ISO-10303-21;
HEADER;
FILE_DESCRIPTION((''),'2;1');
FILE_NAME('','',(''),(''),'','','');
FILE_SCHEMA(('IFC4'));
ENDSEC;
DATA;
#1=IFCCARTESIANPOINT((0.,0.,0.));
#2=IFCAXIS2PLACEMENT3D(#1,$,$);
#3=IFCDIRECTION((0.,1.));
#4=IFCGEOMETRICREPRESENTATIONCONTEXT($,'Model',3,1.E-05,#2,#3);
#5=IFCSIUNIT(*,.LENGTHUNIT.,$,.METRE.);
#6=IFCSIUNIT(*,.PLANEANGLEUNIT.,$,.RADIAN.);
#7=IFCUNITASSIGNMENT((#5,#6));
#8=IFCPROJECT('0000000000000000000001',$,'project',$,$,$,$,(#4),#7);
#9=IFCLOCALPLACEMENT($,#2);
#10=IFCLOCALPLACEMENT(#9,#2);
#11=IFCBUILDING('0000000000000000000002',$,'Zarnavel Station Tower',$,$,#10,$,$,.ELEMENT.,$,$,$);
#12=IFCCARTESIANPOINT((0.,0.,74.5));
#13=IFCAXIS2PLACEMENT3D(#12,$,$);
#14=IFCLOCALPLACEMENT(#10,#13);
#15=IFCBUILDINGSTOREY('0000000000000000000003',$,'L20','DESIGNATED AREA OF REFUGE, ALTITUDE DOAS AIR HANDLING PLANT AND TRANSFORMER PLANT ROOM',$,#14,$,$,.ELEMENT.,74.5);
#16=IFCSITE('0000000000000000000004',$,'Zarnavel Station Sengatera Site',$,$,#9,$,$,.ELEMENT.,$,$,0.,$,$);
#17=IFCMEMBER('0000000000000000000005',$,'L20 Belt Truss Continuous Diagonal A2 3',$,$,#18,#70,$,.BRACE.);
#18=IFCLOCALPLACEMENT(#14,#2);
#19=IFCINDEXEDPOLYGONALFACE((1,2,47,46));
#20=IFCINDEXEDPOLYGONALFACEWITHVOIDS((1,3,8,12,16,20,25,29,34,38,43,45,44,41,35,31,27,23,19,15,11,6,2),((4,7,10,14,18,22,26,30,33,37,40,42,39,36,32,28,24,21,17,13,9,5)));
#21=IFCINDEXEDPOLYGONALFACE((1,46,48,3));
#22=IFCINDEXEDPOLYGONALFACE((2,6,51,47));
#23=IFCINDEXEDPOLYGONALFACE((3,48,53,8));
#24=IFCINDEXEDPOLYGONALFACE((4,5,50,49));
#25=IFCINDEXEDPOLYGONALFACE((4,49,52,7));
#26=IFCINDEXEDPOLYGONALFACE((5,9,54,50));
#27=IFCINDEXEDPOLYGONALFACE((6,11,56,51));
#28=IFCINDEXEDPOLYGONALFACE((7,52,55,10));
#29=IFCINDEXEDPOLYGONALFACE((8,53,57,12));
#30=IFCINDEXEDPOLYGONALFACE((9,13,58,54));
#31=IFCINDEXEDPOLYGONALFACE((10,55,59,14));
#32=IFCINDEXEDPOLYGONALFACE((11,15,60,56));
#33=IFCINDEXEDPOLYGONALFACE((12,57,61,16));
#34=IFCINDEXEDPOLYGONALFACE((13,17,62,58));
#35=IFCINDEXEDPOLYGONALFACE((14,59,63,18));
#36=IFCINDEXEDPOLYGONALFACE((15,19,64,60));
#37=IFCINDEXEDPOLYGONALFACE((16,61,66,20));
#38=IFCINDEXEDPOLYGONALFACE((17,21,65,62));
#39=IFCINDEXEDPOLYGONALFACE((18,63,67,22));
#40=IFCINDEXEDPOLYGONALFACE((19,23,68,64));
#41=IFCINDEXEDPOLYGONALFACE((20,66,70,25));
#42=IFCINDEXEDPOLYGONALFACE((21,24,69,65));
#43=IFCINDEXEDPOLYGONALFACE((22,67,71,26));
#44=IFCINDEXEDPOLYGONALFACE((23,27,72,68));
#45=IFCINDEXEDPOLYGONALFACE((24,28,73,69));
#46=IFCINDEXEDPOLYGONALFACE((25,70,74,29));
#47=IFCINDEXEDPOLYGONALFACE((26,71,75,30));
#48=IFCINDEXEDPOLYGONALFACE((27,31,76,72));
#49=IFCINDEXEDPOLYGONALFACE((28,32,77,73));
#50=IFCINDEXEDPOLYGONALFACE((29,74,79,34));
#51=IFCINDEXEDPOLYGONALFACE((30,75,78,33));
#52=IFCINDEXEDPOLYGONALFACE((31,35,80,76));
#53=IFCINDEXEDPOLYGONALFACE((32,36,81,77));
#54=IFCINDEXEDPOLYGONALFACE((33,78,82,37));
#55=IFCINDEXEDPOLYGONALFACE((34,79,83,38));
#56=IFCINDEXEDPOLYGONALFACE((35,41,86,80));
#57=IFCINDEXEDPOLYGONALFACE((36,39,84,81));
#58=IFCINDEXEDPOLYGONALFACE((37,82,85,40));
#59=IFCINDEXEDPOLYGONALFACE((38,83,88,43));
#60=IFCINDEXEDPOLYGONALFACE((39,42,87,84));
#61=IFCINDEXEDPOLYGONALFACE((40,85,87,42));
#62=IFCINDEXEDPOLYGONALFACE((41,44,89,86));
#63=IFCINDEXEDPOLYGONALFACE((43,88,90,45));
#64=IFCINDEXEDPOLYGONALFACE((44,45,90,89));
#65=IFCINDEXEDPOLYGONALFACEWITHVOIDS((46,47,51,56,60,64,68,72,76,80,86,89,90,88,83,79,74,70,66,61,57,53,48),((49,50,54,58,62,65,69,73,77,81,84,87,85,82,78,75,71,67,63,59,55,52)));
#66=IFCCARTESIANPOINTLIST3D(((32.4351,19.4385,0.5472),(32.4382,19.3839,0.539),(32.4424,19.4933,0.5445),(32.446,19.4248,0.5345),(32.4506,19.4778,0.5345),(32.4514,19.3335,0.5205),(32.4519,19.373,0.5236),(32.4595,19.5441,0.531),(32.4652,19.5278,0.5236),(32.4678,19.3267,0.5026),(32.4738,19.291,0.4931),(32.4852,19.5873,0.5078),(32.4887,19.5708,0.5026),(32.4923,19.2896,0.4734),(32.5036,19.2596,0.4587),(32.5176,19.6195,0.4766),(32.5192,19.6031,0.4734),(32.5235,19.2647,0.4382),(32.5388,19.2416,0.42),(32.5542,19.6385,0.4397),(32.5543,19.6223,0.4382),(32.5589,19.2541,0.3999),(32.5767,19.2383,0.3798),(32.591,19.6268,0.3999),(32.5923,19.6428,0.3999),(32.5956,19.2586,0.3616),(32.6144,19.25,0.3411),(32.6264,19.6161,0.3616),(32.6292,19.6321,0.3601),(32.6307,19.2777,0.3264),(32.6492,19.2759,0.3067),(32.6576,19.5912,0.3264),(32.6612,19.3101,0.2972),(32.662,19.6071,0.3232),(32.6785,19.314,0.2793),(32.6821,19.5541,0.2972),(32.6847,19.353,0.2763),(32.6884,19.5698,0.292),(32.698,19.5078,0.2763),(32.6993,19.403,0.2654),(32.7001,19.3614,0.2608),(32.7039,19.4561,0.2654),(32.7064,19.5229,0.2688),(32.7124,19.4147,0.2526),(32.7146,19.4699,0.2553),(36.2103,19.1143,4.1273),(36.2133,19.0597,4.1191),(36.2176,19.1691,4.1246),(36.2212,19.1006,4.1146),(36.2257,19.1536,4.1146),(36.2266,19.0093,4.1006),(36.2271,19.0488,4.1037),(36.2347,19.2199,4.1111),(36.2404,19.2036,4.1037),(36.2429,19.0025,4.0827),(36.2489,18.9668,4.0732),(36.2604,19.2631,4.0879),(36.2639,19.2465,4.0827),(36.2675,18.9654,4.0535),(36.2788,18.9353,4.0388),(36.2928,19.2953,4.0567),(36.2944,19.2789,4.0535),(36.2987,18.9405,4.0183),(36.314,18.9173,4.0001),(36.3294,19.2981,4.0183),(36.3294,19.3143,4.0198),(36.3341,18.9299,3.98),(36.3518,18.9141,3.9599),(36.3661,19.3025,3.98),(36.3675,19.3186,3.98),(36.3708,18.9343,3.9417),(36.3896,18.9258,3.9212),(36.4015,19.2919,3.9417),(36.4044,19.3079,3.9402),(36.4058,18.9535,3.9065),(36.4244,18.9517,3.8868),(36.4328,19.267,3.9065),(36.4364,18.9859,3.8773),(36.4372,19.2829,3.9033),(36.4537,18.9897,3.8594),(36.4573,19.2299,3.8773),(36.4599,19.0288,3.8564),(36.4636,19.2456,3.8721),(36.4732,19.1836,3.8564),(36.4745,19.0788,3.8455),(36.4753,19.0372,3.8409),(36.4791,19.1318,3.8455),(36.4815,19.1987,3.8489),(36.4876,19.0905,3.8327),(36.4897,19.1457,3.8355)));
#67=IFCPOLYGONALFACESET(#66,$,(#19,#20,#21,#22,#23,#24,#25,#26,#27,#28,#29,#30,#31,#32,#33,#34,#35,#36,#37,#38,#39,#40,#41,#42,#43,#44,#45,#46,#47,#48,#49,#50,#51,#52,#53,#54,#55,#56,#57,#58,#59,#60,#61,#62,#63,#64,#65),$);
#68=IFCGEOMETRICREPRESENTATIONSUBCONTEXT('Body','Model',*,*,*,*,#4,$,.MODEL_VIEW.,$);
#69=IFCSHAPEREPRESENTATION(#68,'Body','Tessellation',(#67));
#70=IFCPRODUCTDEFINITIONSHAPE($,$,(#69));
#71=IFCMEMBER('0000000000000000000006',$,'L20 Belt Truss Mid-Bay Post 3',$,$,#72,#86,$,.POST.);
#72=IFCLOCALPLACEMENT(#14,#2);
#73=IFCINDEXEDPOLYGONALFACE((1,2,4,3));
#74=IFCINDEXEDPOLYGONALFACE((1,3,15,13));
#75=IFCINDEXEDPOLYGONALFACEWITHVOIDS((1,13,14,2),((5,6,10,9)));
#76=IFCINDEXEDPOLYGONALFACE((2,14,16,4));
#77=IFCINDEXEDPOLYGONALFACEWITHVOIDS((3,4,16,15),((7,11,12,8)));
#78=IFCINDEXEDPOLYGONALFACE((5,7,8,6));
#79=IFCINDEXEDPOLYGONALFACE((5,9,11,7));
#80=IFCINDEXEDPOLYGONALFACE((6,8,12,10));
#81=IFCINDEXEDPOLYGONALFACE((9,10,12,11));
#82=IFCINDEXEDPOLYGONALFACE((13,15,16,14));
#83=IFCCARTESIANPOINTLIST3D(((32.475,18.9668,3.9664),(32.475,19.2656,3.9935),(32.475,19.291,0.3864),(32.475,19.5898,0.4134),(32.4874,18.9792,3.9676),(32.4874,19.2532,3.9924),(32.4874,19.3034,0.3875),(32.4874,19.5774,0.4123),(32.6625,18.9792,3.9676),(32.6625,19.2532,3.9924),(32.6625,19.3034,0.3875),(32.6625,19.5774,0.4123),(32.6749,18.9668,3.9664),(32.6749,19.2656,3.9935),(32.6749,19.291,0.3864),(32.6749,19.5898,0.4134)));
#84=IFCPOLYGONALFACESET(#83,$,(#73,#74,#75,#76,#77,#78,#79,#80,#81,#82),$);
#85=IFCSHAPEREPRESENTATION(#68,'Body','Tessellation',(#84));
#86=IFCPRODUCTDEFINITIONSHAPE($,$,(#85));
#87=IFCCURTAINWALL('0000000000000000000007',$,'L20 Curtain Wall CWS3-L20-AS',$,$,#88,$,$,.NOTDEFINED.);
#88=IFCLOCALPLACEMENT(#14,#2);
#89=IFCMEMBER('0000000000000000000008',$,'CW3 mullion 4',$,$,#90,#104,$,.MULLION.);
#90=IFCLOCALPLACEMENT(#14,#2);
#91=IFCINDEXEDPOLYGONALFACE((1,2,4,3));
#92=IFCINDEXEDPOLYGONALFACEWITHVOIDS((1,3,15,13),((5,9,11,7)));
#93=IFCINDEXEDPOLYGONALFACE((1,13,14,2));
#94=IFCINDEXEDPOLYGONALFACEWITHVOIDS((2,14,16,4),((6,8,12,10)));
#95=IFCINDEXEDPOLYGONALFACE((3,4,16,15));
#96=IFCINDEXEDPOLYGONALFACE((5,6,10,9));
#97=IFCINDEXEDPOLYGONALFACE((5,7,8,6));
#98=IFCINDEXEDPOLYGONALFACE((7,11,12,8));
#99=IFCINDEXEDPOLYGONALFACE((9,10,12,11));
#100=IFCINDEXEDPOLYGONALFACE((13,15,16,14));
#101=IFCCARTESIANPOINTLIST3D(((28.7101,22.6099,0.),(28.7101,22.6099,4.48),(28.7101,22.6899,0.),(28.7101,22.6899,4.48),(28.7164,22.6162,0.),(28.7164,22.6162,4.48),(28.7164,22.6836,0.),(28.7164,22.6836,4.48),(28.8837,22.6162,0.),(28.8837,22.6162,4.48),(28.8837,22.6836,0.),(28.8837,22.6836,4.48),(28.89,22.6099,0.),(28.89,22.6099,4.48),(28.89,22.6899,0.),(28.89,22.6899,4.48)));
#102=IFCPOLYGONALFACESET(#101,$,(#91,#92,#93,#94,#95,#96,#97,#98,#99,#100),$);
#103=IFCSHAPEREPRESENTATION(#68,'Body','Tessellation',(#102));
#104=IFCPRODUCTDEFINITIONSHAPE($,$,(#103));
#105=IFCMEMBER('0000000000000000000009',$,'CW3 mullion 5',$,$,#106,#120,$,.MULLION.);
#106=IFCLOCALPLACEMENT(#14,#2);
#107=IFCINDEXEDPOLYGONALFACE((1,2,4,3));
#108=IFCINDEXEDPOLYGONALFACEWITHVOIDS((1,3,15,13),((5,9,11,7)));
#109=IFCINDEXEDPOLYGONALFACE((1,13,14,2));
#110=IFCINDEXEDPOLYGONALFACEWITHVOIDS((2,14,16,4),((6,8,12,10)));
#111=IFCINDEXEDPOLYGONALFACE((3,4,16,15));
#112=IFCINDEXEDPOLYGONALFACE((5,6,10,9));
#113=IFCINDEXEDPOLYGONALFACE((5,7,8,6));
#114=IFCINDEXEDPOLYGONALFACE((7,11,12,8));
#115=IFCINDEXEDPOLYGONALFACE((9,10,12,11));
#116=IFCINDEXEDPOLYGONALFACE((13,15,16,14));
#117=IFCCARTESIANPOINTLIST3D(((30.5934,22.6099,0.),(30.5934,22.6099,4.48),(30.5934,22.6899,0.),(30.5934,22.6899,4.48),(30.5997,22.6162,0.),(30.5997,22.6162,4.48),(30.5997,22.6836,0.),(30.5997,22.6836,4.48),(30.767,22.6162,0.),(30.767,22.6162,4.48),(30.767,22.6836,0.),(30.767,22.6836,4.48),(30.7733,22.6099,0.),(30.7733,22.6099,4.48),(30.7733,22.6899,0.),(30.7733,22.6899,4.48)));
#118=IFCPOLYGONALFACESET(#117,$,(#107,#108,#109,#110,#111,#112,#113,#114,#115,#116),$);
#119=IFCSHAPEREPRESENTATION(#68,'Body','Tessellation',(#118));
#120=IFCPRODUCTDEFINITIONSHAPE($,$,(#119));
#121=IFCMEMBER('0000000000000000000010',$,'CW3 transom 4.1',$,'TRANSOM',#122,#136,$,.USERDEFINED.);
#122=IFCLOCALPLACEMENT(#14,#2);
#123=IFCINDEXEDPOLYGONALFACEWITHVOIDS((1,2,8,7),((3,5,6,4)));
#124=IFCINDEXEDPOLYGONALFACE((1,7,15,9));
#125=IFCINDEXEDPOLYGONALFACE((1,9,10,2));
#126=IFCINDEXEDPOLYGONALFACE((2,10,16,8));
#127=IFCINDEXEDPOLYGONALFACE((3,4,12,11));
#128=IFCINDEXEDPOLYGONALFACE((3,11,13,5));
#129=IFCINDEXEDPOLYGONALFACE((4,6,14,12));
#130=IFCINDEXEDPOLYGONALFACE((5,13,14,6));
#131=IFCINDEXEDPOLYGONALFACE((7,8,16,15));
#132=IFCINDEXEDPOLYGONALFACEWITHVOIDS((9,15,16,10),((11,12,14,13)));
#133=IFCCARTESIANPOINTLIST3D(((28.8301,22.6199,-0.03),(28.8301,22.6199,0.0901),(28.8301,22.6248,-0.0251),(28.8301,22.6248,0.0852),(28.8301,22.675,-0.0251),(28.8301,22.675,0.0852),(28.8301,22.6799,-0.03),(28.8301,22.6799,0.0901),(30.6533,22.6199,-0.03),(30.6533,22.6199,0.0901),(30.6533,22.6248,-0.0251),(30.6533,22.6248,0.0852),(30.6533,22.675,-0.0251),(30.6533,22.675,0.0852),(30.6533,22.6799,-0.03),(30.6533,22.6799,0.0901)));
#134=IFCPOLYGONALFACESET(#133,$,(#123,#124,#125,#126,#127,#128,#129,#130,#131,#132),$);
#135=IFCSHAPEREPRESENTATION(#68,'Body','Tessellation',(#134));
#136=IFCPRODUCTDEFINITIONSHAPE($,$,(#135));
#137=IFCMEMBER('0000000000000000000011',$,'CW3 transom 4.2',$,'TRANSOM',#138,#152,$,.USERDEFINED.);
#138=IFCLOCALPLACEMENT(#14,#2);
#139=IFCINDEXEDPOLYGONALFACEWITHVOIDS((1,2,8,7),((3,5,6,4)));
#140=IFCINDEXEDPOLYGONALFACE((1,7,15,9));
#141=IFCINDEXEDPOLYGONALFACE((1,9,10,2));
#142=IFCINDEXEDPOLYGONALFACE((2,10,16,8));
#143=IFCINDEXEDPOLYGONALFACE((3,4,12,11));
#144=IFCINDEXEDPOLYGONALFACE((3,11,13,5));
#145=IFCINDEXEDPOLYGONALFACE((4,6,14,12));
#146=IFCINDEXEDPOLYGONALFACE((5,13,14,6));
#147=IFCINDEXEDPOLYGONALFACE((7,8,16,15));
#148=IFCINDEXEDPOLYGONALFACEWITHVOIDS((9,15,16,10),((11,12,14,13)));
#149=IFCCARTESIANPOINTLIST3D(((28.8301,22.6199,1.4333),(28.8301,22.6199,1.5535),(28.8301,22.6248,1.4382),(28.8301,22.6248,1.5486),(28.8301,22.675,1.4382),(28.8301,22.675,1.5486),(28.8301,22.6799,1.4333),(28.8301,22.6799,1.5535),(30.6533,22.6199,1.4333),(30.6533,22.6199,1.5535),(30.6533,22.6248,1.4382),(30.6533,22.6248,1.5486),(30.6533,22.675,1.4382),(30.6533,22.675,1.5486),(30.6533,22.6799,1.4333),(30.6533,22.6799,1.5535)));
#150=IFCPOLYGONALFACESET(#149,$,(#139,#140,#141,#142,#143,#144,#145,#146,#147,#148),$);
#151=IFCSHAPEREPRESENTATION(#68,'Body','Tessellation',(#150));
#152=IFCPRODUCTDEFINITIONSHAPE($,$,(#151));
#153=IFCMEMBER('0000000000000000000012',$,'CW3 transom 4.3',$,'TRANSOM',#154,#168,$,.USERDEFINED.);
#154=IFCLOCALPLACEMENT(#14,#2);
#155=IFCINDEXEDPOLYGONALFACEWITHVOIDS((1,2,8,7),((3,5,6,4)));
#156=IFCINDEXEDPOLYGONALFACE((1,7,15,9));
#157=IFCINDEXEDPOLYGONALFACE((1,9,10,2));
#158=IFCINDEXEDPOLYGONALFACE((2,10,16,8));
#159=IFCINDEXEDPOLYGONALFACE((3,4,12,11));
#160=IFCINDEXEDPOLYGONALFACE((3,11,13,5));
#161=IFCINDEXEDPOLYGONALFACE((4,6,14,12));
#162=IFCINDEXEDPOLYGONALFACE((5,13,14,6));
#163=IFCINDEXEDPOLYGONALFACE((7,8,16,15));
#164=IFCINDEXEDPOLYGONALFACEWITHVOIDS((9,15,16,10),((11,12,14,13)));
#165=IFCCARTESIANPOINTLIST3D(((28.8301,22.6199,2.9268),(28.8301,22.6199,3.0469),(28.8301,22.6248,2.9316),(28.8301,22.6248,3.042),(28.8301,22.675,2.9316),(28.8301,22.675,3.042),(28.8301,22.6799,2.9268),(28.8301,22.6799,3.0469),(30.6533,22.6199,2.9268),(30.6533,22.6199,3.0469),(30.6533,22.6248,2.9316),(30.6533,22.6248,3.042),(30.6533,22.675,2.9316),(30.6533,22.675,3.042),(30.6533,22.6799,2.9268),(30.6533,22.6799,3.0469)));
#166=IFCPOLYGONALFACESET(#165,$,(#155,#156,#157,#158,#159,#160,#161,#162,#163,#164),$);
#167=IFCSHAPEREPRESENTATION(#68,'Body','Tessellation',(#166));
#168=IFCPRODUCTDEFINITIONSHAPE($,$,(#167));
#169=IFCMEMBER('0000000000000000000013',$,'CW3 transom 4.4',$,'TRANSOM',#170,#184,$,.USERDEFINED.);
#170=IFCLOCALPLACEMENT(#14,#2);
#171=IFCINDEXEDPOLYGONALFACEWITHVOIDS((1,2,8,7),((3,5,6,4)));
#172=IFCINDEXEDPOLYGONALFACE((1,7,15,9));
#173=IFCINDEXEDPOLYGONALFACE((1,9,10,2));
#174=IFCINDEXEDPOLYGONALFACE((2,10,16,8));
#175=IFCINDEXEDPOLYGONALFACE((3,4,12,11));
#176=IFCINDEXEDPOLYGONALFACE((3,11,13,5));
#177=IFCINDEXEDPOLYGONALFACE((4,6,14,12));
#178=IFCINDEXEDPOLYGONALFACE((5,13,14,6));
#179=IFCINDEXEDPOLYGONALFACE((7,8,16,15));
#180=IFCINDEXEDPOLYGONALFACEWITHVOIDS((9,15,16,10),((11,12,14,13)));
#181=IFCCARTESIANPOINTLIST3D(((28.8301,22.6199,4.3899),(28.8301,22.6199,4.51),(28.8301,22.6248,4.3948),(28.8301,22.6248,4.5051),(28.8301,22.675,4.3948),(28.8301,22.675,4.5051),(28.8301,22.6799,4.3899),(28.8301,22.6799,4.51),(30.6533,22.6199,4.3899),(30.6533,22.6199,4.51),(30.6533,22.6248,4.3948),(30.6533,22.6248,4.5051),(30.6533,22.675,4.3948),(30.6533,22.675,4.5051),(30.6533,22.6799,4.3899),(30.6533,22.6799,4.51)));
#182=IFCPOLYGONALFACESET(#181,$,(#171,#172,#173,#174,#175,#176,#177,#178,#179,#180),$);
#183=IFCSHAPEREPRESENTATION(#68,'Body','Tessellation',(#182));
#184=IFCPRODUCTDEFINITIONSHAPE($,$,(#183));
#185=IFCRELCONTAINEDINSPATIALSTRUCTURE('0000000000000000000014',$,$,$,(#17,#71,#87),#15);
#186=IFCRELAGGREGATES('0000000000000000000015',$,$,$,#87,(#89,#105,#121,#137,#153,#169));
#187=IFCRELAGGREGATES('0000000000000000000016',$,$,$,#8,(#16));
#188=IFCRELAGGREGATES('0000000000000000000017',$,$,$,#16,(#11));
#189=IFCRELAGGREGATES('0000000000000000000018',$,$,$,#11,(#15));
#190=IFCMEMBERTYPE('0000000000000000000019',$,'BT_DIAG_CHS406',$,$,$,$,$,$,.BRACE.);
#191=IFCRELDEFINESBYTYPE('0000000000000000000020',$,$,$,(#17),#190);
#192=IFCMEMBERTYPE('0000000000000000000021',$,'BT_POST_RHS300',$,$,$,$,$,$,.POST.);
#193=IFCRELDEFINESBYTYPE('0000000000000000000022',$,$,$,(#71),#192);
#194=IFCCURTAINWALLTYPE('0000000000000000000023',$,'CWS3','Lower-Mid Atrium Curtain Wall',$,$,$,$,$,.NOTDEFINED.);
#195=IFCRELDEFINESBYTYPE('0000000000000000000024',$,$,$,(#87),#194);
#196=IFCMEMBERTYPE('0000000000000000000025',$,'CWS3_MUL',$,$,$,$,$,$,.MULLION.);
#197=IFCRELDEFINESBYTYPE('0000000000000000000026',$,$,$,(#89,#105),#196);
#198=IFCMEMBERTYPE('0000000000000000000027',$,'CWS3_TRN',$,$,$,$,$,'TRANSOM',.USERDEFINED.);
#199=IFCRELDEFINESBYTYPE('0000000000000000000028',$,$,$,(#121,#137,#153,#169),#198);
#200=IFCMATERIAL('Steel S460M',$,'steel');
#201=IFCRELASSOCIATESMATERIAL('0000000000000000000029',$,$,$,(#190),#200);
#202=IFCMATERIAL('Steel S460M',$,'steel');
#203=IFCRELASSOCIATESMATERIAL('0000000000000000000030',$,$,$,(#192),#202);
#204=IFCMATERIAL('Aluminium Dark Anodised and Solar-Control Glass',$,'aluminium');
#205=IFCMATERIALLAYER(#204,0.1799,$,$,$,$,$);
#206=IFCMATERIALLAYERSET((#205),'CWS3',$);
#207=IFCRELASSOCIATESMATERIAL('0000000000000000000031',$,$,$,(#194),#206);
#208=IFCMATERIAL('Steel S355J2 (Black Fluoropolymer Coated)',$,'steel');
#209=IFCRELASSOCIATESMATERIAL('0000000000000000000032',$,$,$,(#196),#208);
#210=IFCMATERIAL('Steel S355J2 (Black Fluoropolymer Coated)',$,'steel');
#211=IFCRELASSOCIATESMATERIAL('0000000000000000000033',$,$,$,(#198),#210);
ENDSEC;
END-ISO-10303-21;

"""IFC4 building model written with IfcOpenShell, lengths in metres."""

from ifc_helpers import new_model, si_unit, direction, frame, origin, origin_2d, place, context, subcontext, project, spatial, hollow_rectangle, hollow_circle, extrude, material, layer, layer_set, material_profile, profile_set, type_object, element, aggregate, save


model = new_model("IFC4")

# Units and contexts
model_context = context("Model", 3, precision=1e-05, world=origin(), true_north=direction((0.0, 1.0)))
body_context = subcontext(model_context, "Body", "Model", "MODEL_VIEW")
ifc_project = project(units=[si_unit("LENGTHUNIT", "METRE"), si_unit("PLANEANGLEUNIT", "RADIAN")], contexts=[model_context])

# Site, building, storey
site_placement = place(None, origin())
site = spatial("IfcSite", under=ifc_project, at=site_placement, Name="Zarnavel Station Sengatera Site", CompositionType="ELEMENT", RefElevation=0.0)
building_placement = place(site_placement, origin())
building = spatial("IfcBuilding", under=site, at=building_placement, Name="Zarnavel Station Tower", CompositionType="ELEMENT")
storey_placement = place(building_placement, frame((0.0, 0.0, 74.5)))
storey = spatial("IfcBuildingStorey", under=building, at=storey_placement, Name="L20", Description="DESIGNATED AREA OF REFUGE, ALTITUDE DOAS AIR HANDLING PLANT AND TRANSFORMER PLANT ROOM", CompositionType="ELEMENT", Elevation=74.5)

# Members
ifc_material_1 = material(Name="Steel S460M", Category="steel")
ifc_material_profile_1 = material_profile(ifc_material_1, hollow_circle(Radius=0.2031, WallThickness=0.0161, at=origin_2d()), Name="CHS406.4x16")
ifc_profile_set_1 = profile_set([ifc_material_profile_1], Name="Steel S460M")
member_type_1 = type_object("IfcMemberType", Name="BT_DIAG_CHS406", PredefinedType="BRACE", material=ifc_profile_set_1)
member_1_placement = place(storey_placement, frame((32.575, 19.4404, 0.3999), z_axis=(0.7242, -0.062196, 0.686779), x_axis=(0.085567, 0.996332, 0.0)))
element("IfcMember", 1, at=member_1_placement, inside=storey, type_object=member_type_1, Name="L20 Belt Truss Continuous Diagonal A2 3", PredefinedType="BRACE", context=body_context, shape_type="SweptSolid", body=[
    extrude(hollow_circle(Radius=0.2031, WallThickness=0.0161, at=origin_2d()), origin(), (0.0, 0.0, 1.0), 5.2129),
])
ifc_material_2 = material(Name="Steel S460M", Category="steel")
ifc_material_profile_2 = material_profile(ifc_material_2, hollow_rectangle(XDim=0.2, YDim=0.3, WallThickness=0.0125, at=origin_2d()), Name="RHS300x200x12.5")
ifc_profile_set_2 = profile_set([ifc_material_profile_2], Name="Steel S460M")
member_type_2 = type_object("IfcMemberType", Name="BT_POST_RHS300", PredefinedType="POST", material=ifc_profile_set_2)
member_2_placement = place(storey_placement, frame((32.575, 19.4404, 0.3999), z_axis=(0.0, -0.090193, 0.995924), x_axis=(1.0, 0.0, 0.0)))
element("IfcMember", 2, at=member_2_placement, inside=storey, type_object=member_type_2, Name="L20 Belt Truss Mid-Bay Post 3", PredefinedType="POST", context=body_context, shape_type="SweptSolid", body=[
    extrude(hollow_rectangle(XDim=0.2, YDim=0.3, WallThickness=0.0125, at=origin_2d()), origin(), (0.0, 0.0, 1.0), 3.5947),
])

# Curtain wall, members
ifc_material_3 = material(Name="Aluminium Dark Anodised and Solar-Control Glass", Category="aluminium")
ifc_layer_1 = layer(ifc_material_3, 0.1799)
ifc_layer_set_1 = layer_set([ifc_layer_1], Name="CWS3")
curtain_wall_type = type_object("IfcCurtainWallType", Name="CWS3", Description="Lower-Mid Atrium Curtain Wall", PredefinedType="NOTDEFINED", material=ifc_layer_set_1)
curtain_wall_placement = place(storey_placement, origin())
curtain_wall = element("IfcCurtainWall", 3, at=curtain_wall_placement, inside=storey, type_object=curtain_wall_type, Name="L20 Curtain Wall CWS3-L20-AS", PredefinedType="NOTDEFINED")
ifc_material_4 = material(Name="Steel S355J2 (Black Fluoropolymer Coated)", Category="steel")
ifc_material_profile_3 = material_profile(ifc_material_4, hollow_rectangle(XDim=0.0801, YDim=0.1799, WallThickness=0.0063, at=origin_2d()), Name="RHS180x80x6.3")
ifc_profile_set_3 = profile_set([ifc_material_profile_3], Name="Steel S355J2 (Black Fluoropolymer Coated)")
member_type_3 = type_object("IfcMemberType", Name="CWS3_MUL", PredefinedType="MULLION", material=ifc_profile_set_3)
member_3_placement = place(storey_placement, frame((28.8, 22.6499, 0.0), z_axis=(0.0, 0.0, 1.0), x_axis=(0.0, 1.0, 0.0)))
member_3 = element("IfcMember", 4, at=member_3_placement, type_object=member_type_3, Name="CW3 mullion 4", PredefinedType="MULLION", context=body_context, shape_type="SweptSolid", body=[
    extrude(hollow_rectangle(XDim=0.0801, YDim=0.1799, WallThickness=0.0063, at=origin_2d()), origin(), (0.0, 0.0, 1.0), 4.48),
])
member_4_placement = place(storey_placement, frame((30.6833, 22.6499, 0.0), z_axis=(0.0, 0.0, 1.0), x_axis=(0.0, 1.0, 0.0)))
member_4 = element("IfcMember", 5, at=member_4_placement, type_object=member_type_3, Name="CW3 mullion 5", PredefinedType="MULLION", context=body_context, shape_type="SweptSolid", body=[
    extrude(hollow_rectangle(XDim=0.0801, YDim=0.1799, WallThickness=0.0063, at=origin_2d()), origin(), (0.0, 0.0, 1.0), 4.48),
])
ifc_material_5 = material(Name="Steel S355J2 (Black Fluoropolymer Coated)", Category="steel")
ifc_material_profile_4 = material_profile(ifc_material_5, hollow_rectangle(XDim=0.0601, YDim=0.1201, WallThickness=0.0049, at=origin_2d()), Name="RHS120x60x5")
ifc_profile_set_4 = profile_set([ifc_material_profile_4], Name="Steel S355J2 (Black Fluoropolymer Coated)")
member_type_4 = type_object("IfcMemberType", Name="CWS3_TRN", ElementType="TRANSOM", PredefinedType="USERDEFINED", material=ifc_profile_set_4)
member_5_placement = place(storey_placement, frame((28.8301, 22.6499, 0.03), z_axis=(1.0, 0.0, 0.0), x_axis=(0.0, 1.0, 0.0)))
member_5 = element("IfcMember", 6, at=member_5_placement, type_object=member_type_4, Name="CW3 transom 4.1", ObjectType="TRANSOM", PredefinedType="USERDEFINED", context=body_context, shape_type="SweptSolid", body=[
    extrude(hollow_rectangle(XDim=0.0601, YDim=0.1201, WallThickness=0.0049, at=origin_2d()), origin(), (0.0, 0.0, 1.0), 1.8232),
])
member_6_placement = place(storey_placement, frame((28.8301, 22.6499, 1.4934), z_axis=(1.0, 0.0, 0.0), x_axis=(0.0, 1.0, 0.0)))
member_6 = element("IfcMember", 7, at=member_6_placement, type_object=member_type_4, Name="CW3 transom 4.2", ObjectType="TRANSOM", PredefinedType="USERDEFINED", context=body_context, shape_type="SweptSolid", body=[
    extrude(hollow_rectangle(XDim=0.0601, YDim=0.1201, WallThickness=0.0049, at=origin_2d()), origin(), (0.0, 0.0, 1.0), 1.8232),
])
member_7_placement = place(storey_placement, frame((28.8301, 22.6499, 2.9868), z_axis=(1.0, 0.0, 0.0), x_axis=(0.0, 1.0, 0.0)))
member_7 = element("IfcMember", 8, at=member_7_placement, type_object=member_type_4, Name="CW3 transom 4.3", ObjectType="TRANSOM", PredefinedType="USERDEFINED", context=body_context, shape_type="SweptSolid", body=[
    extrude(hollow_rectangle(XDim=0.0601, YDim=0.1201, WallThickness=0.0049, at=origin_2d()), origin(), (0.0, 0.0, 1.0), 1.8232),
])
member_8_placement = place(storey_placement, frame((28.8301, 22.6499, 4.45), z_axis=(1.0, 0.0, 0.0), x_axis=(0.0, 1.0, 0.0)))
member_8 = element("IfcMember", 9, at=member_8_placement, type_object=member_type_4, Name="CW3 transom 4.4", ObjectType="TRANSOM", PredefinedType="USERDEFINED", context=body_context, shape_type="SweptSolid", body=[
    extrude(hollow_rectangle(XDim=0.0601, YDim=0.1201, WallThickness=0.0049, at=origin_2d()), origin(), (0.0, 0.0, 1.0), 1.8232),
])
aggregate(curtain_wall, [member_3, member_4, member_5, member_6, member_7, member_8])

save(model, "model.ifc")
